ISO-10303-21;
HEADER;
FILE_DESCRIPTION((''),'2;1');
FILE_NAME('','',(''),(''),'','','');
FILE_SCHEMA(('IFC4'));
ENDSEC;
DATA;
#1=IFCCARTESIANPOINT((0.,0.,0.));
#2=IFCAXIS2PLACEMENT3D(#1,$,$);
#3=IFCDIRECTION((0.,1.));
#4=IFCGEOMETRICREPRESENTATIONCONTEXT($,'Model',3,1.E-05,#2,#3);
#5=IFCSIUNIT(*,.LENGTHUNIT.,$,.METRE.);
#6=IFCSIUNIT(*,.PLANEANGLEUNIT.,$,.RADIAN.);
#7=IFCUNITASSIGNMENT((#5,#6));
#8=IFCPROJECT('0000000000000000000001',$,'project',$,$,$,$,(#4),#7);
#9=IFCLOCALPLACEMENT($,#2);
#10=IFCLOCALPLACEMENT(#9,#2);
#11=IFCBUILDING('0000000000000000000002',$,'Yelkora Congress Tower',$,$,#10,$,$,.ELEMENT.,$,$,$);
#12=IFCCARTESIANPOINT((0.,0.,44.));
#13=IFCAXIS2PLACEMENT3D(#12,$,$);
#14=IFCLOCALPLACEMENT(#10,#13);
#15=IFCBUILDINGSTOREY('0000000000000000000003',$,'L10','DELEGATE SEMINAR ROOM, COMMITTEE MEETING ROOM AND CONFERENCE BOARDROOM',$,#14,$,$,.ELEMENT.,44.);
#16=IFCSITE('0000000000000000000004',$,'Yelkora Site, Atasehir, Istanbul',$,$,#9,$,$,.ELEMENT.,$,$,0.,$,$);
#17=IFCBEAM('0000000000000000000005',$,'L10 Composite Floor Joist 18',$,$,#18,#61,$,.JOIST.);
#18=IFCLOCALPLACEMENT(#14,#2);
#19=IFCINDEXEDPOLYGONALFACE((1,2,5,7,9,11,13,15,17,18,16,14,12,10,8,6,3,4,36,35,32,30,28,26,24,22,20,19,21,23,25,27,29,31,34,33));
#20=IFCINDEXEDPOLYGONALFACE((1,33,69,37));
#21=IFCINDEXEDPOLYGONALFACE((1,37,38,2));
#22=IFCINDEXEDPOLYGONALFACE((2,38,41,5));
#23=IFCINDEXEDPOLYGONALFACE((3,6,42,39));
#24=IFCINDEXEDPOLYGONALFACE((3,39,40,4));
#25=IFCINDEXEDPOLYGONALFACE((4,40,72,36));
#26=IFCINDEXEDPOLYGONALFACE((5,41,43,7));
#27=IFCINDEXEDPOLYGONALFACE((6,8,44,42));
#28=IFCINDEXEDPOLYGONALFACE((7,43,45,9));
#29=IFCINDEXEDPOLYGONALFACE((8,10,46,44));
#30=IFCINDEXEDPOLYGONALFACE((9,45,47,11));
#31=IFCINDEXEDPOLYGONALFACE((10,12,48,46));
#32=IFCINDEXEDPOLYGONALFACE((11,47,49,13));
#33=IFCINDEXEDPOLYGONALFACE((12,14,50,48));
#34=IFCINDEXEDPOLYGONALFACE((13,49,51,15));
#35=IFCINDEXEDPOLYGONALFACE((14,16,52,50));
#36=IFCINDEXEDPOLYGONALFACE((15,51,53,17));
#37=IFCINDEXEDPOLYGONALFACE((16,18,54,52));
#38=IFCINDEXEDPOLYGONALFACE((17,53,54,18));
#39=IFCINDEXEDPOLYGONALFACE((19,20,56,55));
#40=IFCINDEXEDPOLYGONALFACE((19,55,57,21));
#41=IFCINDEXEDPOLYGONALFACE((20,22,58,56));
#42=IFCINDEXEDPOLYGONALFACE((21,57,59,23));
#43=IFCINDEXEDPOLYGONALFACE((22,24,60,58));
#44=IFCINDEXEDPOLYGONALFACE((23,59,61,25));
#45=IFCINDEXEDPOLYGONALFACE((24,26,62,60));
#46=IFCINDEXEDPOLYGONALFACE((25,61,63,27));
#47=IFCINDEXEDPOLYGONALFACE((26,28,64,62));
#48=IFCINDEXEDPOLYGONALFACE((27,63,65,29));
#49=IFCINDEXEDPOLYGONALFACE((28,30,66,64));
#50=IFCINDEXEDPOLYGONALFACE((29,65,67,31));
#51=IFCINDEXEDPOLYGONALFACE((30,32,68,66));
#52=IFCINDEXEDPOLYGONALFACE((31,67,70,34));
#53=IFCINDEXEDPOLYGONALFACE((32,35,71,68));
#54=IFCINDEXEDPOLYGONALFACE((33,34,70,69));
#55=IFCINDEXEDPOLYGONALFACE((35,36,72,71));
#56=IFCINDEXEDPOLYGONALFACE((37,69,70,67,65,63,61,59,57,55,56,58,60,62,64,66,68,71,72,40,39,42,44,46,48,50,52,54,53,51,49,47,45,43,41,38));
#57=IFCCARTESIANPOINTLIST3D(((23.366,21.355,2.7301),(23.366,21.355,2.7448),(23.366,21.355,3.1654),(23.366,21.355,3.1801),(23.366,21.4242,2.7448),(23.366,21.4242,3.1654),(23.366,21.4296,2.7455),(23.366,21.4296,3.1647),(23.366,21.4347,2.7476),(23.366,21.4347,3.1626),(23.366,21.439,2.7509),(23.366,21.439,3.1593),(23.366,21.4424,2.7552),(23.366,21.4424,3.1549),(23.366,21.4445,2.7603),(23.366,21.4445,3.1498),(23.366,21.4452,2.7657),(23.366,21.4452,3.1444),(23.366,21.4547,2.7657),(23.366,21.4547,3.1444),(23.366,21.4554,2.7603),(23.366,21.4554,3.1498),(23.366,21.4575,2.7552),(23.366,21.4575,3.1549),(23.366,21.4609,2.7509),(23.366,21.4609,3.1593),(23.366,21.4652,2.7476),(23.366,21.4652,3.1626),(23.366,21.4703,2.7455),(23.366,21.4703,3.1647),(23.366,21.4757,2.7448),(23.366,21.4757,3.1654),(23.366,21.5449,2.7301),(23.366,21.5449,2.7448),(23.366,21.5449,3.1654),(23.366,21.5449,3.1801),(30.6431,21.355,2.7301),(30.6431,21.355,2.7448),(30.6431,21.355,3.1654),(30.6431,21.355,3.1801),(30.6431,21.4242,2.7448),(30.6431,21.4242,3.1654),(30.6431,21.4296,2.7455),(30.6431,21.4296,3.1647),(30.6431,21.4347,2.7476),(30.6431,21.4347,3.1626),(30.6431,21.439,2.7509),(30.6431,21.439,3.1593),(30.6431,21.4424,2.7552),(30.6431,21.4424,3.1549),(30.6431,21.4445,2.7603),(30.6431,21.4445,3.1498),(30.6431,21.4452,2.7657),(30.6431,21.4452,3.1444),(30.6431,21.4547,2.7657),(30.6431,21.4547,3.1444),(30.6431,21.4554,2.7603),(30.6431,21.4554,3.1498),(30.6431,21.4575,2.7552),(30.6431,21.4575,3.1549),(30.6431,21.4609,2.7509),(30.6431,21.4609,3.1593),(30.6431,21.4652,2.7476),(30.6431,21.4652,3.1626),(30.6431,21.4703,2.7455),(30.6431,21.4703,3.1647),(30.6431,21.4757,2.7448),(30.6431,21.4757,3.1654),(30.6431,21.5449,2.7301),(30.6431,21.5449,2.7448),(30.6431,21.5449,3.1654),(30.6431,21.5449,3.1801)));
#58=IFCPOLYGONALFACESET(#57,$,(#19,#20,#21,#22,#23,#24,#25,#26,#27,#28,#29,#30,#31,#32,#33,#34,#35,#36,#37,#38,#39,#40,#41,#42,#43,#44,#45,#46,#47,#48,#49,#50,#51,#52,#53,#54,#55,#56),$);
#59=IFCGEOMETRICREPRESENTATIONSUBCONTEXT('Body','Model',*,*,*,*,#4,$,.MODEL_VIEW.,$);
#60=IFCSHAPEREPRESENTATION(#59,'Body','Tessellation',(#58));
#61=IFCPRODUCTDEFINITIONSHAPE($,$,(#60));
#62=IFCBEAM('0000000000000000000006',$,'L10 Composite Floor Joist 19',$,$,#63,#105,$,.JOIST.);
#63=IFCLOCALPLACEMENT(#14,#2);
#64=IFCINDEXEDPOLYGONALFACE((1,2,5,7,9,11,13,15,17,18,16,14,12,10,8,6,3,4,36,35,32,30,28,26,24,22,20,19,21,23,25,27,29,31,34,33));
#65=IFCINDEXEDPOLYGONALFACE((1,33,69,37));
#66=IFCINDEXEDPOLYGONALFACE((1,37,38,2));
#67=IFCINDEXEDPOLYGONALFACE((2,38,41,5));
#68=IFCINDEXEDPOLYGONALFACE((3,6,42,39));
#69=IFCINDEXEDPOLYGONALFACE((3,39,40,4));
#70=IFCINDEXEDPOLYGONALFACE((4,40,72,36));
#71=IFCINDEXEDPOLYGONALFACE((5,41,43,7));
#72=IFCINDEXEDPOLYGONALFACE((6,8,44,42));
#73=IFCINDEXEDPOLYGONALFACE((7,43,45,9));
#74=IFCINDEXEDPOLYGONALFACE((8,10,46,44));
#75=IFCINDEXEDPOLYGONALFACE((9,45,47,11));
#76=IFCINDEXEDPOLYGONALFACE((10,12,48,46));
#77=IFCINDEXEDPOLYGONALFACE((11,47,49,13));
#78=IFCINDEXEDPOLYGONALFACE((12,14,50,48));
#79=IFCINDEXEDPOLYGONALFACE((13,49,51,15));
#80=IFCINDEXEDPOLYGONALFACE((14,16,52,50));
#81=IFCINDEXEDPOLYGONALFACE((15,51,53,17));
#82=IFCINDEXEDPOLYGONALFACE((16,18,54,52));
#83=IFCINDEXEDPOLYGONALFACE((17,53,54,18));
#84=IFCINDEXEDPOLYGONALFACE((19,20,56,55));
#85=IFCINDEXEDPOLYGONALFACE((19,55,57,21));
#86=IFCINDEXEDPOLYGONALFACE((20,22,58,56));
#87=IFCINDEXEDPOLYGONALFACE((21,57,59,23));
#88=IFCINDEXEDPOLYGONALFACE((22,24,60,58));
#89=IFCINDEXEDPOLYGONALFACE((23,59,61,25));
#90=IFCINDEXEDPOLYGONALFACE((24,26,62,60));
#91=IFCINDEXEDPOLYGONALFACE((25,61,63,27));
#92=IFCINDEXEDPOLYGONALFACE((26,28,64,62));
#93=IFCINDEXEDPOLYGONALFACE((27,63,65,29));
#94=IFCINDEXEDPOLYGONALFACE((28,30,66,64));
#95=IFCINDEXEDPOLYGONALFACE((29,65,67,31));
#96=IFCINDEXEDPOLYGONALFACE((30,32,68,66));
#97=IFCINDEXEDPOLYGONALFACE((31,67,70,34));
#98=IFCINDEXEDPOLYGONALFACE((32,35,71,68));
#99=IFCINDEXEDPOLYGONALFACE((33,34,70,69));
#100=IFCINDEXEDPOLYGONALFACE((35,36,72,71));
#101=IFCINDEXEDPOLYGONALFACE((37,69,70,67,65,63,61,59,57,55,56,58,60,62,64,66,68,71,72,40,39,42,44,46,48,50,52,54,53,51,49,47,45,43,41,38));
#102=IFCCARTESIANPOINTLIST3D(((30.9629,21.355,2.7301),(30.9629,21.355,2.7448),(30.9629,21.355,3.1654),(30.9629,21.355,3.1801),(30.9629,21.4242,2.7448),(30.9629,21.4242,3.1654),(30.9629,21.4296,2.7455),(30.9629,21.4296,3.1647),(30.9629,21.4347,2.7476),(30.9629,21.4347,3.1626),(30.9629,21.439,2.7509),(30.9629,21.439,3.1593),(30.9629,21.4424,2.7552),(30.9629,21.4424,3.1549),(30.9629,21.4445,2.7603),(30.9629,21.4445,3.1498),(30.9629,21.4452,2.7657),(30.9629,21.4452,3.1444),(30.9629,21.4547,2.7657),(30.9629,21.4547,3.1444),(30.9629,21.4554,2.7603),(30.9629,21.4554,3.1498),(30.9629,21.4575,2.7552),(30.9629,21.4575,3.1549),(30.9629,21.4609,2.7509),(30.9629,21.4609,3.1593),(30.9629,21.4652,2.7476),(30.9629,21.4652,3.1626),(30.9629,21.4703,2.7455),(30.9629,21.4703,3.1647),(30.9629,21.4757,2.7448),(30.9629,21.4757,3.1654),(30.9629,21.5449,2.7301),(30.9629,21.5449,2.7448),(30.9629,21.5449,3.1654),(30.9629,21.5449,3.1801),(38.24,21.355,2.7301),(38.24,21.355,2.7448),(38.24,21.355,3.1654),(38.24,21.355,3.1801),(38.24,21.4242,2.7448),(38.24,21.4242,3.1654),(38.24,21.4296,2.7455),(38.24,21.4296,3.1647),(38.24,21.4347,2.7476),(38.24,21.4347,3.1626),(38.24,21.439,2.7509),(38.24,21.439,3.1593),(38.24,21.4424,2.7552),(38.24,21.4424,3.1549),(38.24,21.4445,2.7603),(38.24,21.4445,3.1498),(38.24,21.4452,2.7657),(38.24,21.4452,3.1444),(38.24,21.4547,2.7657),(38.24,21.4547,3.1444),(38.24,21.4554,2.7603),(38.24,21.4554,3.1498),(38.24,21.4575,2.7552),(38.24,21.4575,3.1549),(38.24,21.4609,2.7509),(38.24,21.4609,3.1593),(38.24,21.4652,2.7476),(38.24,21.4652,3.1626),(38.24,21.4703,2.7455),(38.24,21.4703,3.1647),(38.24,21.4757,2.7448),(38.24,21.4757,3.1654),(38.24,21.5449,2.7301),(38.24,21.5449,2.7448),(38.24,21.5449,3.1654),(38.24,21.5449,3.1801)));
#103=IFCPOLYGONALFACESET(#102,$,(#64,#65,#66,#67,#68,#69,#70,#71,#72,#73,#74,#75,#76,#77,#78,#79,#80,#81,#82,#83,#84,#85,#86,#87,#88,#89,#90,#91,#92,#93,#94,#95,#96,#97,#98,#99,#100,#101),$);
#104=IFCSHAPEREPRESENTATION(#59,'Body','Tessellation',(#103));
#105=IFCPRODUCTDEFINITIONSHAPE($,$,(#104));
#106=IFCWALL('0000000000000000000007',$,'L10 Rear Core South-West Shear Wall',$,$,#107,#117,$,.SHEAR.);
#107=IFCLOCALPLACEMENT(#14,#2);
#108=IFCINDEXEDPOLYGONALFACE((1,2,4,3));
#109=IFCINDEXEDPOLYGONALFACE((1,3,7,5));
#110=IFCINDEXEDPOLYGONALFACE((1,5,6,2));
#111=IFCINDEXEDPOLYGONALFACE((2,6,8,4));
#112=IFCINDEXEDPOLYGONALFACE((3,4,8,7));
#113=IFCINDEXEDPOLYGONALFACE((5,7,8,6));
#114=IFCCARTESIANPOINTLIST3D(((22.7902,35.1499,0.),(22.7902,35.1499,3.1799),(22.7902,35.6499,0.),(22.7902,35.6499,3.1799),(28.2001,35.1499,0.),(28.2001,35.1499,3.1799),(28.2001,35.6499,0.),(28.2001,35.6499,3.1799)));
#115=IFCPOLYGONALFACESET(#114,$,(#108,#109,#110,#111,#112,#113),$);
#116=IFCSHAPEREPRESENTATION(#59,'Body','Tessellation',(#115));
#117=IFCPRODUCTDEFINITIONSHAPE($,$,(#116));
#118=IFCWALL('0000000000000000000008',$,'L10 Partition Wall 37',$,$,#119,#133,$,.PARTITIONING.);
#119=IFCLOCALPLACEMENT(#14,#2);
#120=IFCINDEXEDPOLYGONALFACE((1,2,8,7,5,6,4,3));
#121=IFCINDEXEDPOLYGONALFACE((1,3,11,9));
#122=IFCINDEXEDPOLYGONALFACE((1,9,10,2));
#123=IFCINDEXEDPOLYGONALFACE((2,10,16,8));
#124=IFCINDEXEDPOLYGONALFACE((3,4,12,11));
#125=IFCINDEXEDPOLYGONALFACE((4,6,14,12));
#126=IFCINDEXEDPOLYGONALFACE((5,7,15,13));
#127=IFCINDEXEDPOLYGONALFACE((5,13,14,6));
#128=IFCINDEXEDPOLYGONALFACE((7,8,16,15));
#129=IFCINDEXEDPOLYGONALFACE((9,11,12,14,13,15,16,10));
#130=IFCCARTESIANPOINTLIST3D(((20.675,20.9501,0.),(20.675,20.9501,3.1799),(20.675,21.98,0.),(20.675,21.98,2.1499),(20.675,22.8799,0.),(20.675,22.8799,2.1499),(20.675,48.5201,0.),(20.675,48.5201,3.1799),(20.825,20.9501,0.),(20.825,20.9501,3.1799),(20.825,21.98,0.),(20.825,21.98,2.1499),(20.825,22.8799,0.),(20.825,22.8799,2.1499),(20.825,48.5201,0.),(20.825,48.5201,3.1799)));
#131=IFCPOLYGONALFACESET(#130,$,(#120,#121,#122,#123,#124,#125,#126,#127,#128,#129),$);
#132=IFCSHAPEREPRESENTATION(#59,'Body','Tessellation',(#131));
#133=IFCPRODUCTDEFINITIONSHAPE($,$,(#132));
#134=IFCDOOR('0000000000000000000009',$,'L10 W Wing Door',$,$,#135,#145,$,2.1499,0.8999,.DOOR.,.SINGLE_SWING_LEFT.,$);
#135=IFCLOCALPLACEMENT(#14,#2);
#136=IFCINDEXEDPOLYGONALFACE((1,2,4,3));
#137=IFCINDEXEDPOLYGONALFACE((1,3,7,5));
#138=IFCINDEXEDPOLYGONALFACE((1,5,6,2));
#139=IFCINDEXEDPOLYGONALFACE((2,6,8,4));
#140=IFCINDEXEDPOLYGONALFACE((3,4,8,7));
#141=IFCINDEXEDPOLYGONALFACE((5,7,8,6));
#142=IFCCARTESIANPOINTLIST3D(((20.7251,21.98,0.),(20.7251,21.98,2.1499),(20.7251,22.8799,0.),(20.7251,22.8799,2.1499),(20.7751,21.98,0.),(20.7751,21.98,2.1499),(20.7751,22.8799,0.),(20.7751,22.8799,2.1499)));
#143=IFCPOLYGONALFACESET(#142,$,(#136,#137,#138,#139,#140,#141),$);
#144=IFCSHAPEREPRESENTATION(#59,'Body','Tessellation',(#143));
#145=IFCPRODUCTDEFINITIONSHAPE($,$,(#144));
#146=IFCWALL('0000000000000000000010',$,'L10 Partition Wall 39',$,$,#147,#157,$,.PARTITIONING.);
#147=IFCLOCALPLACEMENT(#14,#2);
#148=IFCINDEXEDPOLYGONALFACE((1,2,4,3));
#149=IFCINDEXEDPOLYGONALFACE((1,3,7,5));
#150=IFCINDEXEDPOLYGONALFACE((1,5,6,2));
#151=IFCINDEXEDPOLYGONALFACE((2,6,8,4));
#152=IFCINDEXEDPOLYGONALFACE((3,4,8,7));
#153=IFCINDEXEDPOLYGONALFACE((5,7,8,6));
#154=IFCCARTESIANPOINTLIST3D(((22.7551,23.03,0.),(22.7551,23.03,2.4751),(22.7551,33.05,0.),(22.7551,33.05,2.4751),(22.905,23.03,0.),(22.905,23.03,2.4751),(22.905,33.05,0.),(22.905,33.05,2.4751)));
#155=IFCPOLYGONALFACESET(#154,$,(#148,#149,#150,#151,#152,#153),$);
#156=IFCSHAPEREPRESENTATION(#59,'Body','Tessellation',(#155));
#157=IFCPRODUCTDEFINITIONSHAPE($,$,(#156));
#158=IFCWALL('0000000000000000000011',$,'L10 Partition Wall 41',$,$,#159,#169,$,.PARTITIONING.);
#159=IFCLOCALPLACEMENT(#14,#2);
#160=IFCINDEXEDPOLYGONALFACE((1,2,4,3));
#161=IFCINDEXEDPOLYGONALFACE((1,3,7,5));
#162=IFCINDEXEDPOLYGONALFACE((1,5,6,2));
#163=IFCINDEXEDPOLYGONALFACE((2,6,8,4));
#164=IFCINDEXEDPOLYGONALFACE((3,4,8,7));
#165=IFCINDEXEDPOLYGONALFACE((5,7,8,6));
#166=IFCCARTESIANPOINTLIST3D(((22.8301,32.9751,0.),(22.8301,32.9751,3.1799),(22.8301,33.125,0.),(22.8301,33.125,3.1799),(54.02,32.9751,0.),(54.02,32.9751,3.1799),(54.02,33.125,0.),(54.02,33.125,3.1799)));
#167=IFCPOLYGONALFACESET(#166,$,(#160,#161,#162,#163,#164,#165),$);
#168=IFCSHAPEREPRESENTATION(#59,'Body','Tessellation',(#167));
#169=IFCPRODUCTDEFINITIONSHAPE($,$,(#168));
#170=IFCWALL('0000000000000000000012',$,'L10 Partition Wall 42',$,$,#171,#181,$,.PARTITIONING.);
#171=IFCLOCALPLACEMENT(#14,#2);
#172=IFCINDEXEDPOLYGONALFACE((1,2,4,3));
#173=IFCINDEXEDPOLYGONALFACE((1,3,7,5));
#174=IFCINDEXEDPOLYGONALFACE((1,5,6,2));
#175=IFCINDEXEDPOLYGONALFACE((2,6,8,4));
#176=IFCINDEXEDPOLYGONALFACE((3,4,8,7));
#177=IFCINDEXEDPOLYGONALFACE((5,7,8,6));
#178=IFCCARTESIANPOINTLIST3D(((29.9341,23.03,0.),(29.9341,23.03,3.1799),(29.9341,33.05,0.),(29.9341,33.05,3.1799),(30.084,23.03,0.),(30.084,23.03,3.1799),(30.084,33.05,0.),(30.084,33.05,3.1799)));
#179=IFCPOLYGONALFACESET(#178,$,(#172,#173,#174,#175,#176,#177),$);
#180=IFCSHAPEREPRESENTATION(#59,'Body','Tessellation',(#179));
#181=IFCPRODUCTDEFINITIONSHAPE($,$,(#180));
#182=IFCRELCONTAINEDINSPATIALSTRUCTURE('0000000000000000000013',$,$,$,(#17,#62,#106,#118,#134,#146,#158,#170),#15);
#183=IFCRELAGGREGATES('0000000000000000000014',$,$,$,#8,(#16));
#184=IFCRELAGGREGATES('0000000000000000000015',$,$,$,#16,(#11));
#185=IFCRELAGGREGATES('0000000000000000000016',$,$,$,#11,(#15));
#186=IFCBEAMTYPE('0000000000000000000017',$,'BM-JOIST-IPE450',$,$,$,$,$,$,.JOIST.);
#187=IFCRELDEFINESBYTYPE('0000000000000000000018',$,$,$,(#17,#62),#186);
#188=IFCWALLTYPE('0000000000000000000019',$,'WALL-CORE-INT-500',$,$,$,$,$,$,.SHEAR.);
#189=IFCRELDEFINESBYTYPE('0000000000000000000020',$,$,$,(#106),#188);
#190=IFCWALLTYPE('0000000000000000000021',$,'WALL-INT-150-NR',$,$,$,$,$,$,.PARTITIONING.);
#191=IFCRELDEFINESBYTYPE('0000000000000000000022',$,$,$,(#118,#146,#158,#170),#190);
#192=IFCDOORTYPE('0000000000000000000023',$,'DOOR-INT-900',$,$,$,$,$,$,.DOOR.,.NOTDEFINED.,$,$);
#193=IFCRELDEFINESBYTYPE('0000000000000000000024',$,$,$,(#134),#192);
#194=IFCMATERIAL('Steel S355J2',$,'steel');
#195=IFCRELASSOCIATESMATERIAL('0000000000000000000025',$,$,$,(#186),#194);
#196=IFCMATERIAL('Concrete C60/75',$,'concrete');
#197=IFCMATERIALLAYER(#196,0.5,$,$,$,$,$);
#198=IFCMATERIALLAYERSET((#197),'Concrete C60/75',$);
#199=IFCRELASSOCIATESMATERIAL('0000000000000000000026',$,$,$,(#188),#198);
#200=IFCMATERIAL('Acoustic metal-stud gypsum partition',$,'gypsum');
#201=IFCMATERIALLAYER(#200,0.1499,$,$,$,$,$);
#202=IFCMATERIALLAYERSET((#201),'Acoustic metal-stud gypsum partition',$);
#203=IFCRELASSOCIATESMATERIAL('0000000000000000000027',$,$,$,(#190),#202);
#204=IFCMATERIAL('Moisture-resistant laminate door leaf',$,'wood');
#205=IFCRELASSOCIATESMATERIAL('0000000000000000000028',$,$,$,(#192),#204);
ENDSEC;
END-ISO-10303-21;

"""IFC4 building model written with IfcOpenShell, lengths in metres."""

from ifc_helpers import new_model, si_unit, direction, frame, frame_2d, origin, origin_2d, place, context, subcontext, project, spatial, rectangle, i_section, extrude, material, layer, layer_set, material_profile, profile_set, type_object, element, fill, save


model = new_model("IFC4")

# Units and contexts
model_context = context("Model", 3, precision=1e-05, world=origin(), true_north=direction((0.0, 1.0)))
body_context = subcontext(model_context, "Body", "Model", "MODEL_VIEW")
ifc_project = project(units=[si_unit("LENGTHUNIT", "METRE"), si_unit("PLANEANGLEUNIT", "RADIAN")], contexts=[model_context])

# Site, building, storey
site_placement = place(None, origin())
site = spatial("IfcSite", under=ifc_project, at=site_placement, Name="Yelkora Site, Atasehir, Istanbul", CompositionType="ELEMENT", RefElevation=0.0)
building_placement = place(site_placement, origin())
building = spatial("IfcBuilding", under=site, at=building_placement, Name="Yelkora Congress Tower", CompositionType="ELEMENT")
storey_placement = place(building_placement, frame((0.0, 0.0, 44.0)))
storey = spatial("IfcBuildingStorey", under=building, at=storey_placement, Name="L10", Description="DELEGATE SEMINAR ROOM, COMMITTEE MEETING ROOM AND CONFERENCE BOARDROOM", CompositionType="ELEMENT", Elevation=44.0)

# Shared definitions
ifc_material_1 = material(Name="Concrete C60/75", Category="concrete")

# Beams
ifc_material_2 = material(Name="Steel S355J2", Category="steel")
ifc_material_profile_1 = material_profile(ifc_material_2, i_section(OverallWidth=0.1899, OverallDepth=0.45, WebThickness=0.0095, FlangeThickness=0.0146, FilletRadius=0.021, at=origin_2d()), Name="IPE 450")
ifc_profile_set_1 = profile_set([ifc_material_profile_1], Name="Steel S355J2")
beam_type_1 = type_object("IfcBeamType", Name="BM-JOIST-IPE450", PredefinedType="JOIST", material=ifc_profile_set_1)
for number, where, z_axis, x_axis, name in (
    (1, (23.366, 21.45, 2.9551), (1.0, 0.0, 0.0), (0.0, 1.0, 0.0), "L10 Composite Floor Joist 18"),
    (2, (30.9629, 21.45, 2.9551), (1.0, 0.0, 0.0), (0.0, 1.0, 0.0), "L10 Composite Floor Joist 19"),
):
    element("IfcBeam", number, at=place(storey_placement, frame(where, z_axis=z_axis, x_axis=x_axis)), inside=storey, type_object=beam_type_1, Name=name, PredefinedType="JOIST", context=body_context, shape_type="SweptSolid", body=[
        extrude(i_section(OverallWidth=0.1899, OverallDepth=0.45, WebThickness=0.0095, FlangeThickness=0.0146, FilletRadius=0.021, at=origin_2d()), origin(), (0.0, 0.0, 1.0), 7.2771),
    ])

# Wall
ifc_layer_1 = layer(ifc_material_1, 0.5)
ifc_layer_set_1 = layer_set([ifc_layer_1], Name="Concrete C60/75")
wall_type_1 = type_object("IfcWallType", Name="WALL-CORE-INT-500", PredefinedType="SHEAR", material=ifc_layer_set_1)
wall_1_placement = place(storey_placement, frame((22.79, 35.3999, 0.0), z_axis=(0.0, 0.0, 1.0), x_axis=(1.0, 0.0, 0.0)))
element("IfcWall", 3, at=wall_1_placement, inside=storey, type_object=wall_type_1, Name="L10 Rear Core South-West Shear Wall", PredefinedType="SHEAR", context=body_context, shape_type="SweptSolid", body=[
    extrude(rectangle(XDim=5.4099, YDim=0.5, at=frame_2d((2.7051, 0.0))), origin(), (0.0, 0.0, 1.0), 3.1799),
])

# Wall, opening, door
ifc_material_3 = material(Name="Acoustic metal-stud gypsum partition", Category="gypsum")
ifc_layer_2 = layer(ifc_material_3, 0.1499)
ifc_layer_set_2 = layer_set([ifc_layer_2], Name="Acoustic metal-stud gypsum partition")
wall_type_2 = type_object("IfcWallType", Name="WALL-INT-150-NR", PredefinedType="PARTITIONING", material=ifc_layer_set_2)
wall_2_placement = place(storey_placement, frame((20.75, 20.95, 0.0), z_axis=(0.0, 0.0, 1.0), x_axis=(0.0, 1.0, 0.0)))
wall_2 = element("IfcWall", 4, at=wall_2_placement, inside=storey, type_object=wall_type_2, Name="L10 Partition Wall 37", PredefinedType="PARTITIONING", context=body_context, shape_type="SweptSolid", body=[
    extrude(rectangle(XDim=27.5701, YDim=0.1499, at=frame_2d((13.7852, 0.0))), origin(), (0.0, 0.0, 1.0), 3.1799),
])
opening_1_placement = place(wall_2_placement, frame((1.03, 0.0, 0.0)))
opening_1 = element("IfcOpeningElement", 5, at=opening_1_placement, cuts=wall_2, PredefinedType="OPENING", context=body_context, shape_type="SweptSolid", body=[
    extrude(rectangle(XDim=0.8999, YDim=2.1499, at=frame_2d((0.45, 1.075))), frame((0.0, 0.085, 0.0), z_axis=(0.0, -1.0, 0.0), x_axis=(1.0, 0.0, 0.0)), (0.0, 0.0, 1.0), 0.1699),
])
ifc_material_4 = material(Name="Moisture-resistant laminate door leaf", Category="wood")
door_type = type_object("IfcDoorType", Name="DOOR-INT-900", OperationType="NOTDEFINED", PredefinedType="DOOR", material=ifc_material_4)
door_1_placement = place(opening_1_placement, origin())
door_1 = element("IfcDoor", 6, at=door_1_placement, inside=storey, type_object=door_type, Name="L10 W Wing Door", OperationType="SINGLE_SWING_LEFT", OverallHeight=2.1499, OverallWidth=0.8999, PredefinedType="DOOR", context=body_context, shape_type="SweptSolid", body=[
    extrude(rectangle(XDim=0.8999, YDim=2.1499, at=frame_2d((0.45, 1.075))), frame((0.0, 0.0249, 0.0), z_axis=(0.0, -1.0, 0.0), x_axis=(1.0, 0.0, 0.0)), (0.0, 0.0, 1.0), 0.05),
])
fill(opening_1, door_1)

# Walls
wall_3_placement = place(storey_placement, frame((22.8301, 23.03, 0.0), z_axis=(0.0, 0.0, 1.0), x_axis=(0.0, 1.0, 0.0)))
element("IfcWall", 7, at=wall_3_placement, inside=storey, type_object=wall_type_2, Name="L10 Partition Wall 39", PredefinedType="PARTITIONING", context=body_context, shape_type="SweptSolid", body=[
    extrude(rectangle(XDim=10.02, YDim=0.1499, at=frame_2d((5.01, 0.0))), origin(), (0.0, 0.0, 1.0), 2.4751),
])
wall_4_placement = place(storey_placement, frame((22.8301, 33.05, 0.0), z_axis=(0.0, 0.0, 1.0), x_axis=(1.0, 0.0, 0.0)))
element("IfcWall", 8, at=wall_4_placement, inside=storey, type_object=wall_type_2, Name="L10 Partition Wall 41", PredefinedType="PARTITIONING", context=body_context, shape_type="SweptSolid", body=[
    extrude(rectangle(XDim=31.1899, YDim=0.1499, at=frame_2d((15.595, 0.0))), origin(), (0.0, 0.0, 1.0), 3.1799),
])
wall_5_placement = place(storey_placement, frame((30.009, 23.03, 0.0), z_axis=(0.0, 0.0, 1.0), x_axis=(0.0, 1.0, 0.0)))
element("IfcWall", 9, at=wall_5_placement, inside=storey, type_object=wall_type_2, Name="L10 Partition Wall 42", PredefinedType="PARTITIONING", context=body_context, shape_type="SweptSolid", body=[
    extrude(rectangle(XDim=10.02, YDim=0.1499, at=frame_2d((5.01, 0.0))), origin(), (0.0, 0.0, 1.0), 3.1799),
])

save(model, "model.ifc")
